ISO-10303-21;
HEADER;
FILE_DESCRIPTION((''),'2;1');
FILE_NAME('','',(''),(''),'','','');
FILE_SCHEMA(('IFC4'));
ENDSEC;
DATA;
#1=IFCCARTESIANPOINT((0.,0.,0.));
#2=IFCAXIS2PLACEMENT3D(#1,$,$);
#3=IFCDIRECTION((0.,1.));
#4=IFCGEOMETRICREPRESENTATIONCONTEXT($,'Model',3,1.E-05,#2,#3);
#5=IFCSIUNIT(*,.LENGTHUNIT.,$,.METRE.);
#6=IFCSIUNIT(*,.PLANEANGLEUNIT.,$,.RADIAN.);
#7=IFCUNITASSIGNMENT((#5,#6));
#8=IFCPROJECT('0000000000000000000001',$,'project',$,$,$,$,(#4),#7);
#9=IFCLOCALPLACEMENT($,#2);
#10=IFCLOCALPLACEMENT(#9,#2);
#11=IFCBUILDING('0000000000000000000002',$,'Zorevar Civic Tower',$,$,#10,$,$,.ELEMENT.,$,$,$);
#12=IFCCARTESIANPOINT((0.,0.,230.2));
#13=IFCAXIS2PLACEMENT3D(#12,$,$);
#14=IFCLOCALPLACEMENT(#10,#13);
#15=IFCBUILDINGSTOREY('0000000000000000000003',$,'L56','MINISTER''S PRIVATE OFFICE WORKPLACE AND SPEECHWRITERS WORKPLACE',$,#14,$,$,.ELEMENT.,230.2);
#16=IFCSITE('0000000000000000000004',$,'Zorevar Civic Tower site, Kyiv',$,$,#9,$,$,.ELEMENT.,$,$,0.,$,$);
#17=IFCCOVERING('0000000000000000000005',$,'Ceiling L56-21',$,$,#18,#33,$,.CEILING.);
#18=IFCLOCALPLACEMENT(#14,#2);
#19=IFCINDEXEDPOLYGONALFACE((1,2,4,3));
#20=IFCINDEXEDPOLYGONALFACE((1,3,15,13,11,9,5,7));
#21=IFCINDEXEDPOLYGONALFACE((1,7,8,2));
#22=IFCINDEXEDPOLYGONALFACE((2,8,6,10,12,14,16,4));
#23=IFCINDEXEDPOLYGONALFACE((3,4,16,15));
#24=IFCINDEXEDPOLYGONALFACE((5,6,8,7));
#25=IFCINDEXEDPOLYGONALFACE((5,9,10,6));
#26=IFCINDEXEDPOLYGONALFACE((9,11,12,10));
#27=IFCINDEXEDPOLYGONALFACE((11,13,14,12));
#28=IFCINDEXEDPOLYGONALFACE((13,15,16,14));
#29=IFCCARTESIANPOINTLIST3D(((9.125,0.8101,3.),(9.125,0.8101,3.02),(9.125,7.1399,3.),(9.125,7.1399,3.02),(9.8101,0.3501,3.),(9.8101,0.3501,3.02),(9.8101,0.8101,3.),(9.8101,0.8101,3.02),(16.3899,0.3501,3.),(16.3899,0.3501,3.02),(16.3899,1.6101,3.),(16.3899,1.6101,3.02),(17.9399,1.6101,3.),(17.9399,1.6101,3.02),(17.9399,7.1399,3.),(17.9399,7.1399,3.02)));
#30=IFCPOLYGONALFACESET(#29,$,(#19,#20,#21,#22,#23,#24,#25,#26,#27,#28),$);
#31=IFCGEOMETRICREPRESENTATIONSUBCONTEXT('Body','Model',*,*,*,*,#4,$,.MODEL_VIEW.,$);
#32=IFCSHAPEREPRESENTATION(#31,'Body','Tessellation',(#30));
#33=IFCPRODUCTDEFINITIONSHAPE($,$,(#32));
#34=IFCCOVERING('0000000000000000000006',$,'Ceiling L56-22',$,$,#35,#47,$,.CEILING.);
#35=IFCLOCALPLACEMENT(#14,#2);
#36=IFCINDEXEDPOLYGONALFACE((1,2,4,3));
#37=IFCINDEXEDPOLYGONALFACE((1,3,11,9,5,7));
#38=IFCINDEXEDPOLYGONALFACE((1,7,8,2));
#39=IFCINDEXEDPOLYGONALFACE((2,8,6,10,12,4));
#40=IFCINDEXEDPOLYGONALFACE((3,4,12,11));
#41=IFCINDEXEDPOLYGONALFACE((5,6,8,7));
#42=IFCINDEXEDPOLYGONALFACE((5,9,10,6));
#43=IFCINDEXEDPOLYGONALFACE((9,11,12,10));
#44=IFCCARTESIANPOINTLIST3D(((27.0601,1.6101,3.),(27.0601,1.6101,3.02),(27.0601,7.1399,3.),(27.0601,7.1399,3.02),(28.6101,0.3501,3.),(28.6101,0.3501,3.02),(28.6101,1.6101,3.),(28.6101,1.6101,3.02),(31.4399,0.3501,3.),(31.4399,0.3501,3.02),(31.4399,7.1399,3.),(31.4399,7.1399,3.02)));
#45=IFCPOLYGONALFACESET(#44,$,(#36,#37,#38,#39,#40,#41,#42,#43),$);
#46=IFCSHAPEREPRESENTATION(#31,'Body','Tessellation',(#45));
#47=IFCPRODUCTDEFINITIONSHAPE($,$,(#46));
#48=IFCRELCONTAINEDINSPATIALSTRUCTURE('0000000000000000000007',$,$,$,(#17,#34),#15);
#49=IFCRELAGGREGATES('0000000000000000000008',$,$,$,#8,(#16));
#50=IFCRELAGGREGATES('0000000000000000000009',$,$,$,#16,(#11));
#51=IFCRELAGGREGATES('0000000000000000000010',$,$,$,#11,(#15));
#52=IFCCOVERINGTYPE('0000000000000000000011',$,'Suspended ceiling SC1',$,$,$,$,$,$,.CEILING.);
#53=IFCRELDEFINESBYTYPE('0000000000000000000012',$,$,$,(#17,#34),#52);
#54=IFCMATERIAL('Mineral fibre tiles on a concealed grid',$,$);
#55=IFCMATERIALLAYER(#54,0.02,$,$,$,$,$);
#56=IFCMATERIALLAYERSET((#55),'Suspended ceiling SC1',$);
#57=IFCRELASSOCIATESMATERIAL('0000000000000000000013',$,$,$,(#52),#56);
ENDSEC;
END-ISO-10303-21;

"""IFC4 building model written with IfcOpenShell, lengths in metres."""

from ifc_helpers import new_model, si_unit, direction, frame, origin, place, context, subcontext, project, spatial, polyline, outline, extrude, material, layer, layer_set, type_object, element, save


model = new_model("IFC4")

# Units and contexts
model_context = context("Model", 3, precision=1e-05, world=origin(), true_north=direction((0.0, 1.0)))
body_context = subcontext(model_context, "Body", "Model", "MODEL_VIEW")
ifc_project = project(units=[si_unit("LENGTHUNIT", "METRE"), si_unit("PLANEANGLEUNIT", "RADIAN")], contexts=[model_context])

# Site, building, storey
site_placement = place(None, origin())
site = spatial("IfcSite", under=ifc_project, at=site_placement, Name="Zorevar Civic Tower site, Kyiv", CompositionType="ELEMENT", RefElevation=0.0)
building_placement = place(site_placement, origin())
building = spatial("IfcBuilding", under=site, at=building_placement, Name="Zorevar Civic Tower", CompositionType="ELEMENT")
storey_placement = place(building_placement, frame((0.0, 0.0, 230.2)))
storey = spatial("IfcBuildingStorey", under=building, at=storey_placement, Name="L56", Description="MINISTER'S PRIVATE OFFICE WORKPLACE AND SPEECHWRITERS WORKPLACE", CompositionType="ELEMENT", Elevation=230.2)

# Coverings
ifc_material_1 = material(Name="Mineral fibre tiles on a concealed grid")
ifc_layer_1 = layer(ifc_material_1, 0.02)
ifc_layer_set_1 = layer_set([ifc_layer_1], Name="Suspended ceiling SC1")
covering_type_1 = type_object("IfcCoveringType", Name="Suspended ceiling SC1", PredefinedType="CEILING", material=ifc_layer_set_1)
covering_1_placement = place(storey_placement, frame((0.0, 0.0, 3.0)))
element("IfcCovering", 1, at=covering_1_placement, inside=storey, type_object=covering_type_1, Name="Ceiling L56-21", PredefinedType="CEILING", context=body_context, shape_type="SweptSolid", body=[
    extrude(outline(polyline([(9.8101, 0.3501), (9.8101, 0.8101), (9.125, 0.8101), (9.125, 7.1399), (17.9399, 7.1399), (17.9399, 1.6101), (16.3899, 1.6101), (16.3899, 0.3501), (9.8101, 0.3501)])), origin(), (0.0, 0.0, 1.0), 0.02),
])
covering_2_placement = place(storey_placement, frame((0.0, 0.0, 3.0)))
element("IfcCovering", 2, at=covering_2_placement, inside=storey, type_object=covering_type_1, Name="Ceiling L56-22", PredefinedType="CEILING", context=body_context, shape_type="SweptSolid", body=[
    extrude(outline(polyline([(31.4399, 7.1399), (31.4399, 0.3501), (28.6101, 0.3501), (28.6101, 1.6101), (27.0601, 1.6101), (27.0601, 7.1399), (31.4399, 7.1399)])), origin(), (0.0, 0.0, 1.0), 0.02),
])

save(model, "model.ifc")
